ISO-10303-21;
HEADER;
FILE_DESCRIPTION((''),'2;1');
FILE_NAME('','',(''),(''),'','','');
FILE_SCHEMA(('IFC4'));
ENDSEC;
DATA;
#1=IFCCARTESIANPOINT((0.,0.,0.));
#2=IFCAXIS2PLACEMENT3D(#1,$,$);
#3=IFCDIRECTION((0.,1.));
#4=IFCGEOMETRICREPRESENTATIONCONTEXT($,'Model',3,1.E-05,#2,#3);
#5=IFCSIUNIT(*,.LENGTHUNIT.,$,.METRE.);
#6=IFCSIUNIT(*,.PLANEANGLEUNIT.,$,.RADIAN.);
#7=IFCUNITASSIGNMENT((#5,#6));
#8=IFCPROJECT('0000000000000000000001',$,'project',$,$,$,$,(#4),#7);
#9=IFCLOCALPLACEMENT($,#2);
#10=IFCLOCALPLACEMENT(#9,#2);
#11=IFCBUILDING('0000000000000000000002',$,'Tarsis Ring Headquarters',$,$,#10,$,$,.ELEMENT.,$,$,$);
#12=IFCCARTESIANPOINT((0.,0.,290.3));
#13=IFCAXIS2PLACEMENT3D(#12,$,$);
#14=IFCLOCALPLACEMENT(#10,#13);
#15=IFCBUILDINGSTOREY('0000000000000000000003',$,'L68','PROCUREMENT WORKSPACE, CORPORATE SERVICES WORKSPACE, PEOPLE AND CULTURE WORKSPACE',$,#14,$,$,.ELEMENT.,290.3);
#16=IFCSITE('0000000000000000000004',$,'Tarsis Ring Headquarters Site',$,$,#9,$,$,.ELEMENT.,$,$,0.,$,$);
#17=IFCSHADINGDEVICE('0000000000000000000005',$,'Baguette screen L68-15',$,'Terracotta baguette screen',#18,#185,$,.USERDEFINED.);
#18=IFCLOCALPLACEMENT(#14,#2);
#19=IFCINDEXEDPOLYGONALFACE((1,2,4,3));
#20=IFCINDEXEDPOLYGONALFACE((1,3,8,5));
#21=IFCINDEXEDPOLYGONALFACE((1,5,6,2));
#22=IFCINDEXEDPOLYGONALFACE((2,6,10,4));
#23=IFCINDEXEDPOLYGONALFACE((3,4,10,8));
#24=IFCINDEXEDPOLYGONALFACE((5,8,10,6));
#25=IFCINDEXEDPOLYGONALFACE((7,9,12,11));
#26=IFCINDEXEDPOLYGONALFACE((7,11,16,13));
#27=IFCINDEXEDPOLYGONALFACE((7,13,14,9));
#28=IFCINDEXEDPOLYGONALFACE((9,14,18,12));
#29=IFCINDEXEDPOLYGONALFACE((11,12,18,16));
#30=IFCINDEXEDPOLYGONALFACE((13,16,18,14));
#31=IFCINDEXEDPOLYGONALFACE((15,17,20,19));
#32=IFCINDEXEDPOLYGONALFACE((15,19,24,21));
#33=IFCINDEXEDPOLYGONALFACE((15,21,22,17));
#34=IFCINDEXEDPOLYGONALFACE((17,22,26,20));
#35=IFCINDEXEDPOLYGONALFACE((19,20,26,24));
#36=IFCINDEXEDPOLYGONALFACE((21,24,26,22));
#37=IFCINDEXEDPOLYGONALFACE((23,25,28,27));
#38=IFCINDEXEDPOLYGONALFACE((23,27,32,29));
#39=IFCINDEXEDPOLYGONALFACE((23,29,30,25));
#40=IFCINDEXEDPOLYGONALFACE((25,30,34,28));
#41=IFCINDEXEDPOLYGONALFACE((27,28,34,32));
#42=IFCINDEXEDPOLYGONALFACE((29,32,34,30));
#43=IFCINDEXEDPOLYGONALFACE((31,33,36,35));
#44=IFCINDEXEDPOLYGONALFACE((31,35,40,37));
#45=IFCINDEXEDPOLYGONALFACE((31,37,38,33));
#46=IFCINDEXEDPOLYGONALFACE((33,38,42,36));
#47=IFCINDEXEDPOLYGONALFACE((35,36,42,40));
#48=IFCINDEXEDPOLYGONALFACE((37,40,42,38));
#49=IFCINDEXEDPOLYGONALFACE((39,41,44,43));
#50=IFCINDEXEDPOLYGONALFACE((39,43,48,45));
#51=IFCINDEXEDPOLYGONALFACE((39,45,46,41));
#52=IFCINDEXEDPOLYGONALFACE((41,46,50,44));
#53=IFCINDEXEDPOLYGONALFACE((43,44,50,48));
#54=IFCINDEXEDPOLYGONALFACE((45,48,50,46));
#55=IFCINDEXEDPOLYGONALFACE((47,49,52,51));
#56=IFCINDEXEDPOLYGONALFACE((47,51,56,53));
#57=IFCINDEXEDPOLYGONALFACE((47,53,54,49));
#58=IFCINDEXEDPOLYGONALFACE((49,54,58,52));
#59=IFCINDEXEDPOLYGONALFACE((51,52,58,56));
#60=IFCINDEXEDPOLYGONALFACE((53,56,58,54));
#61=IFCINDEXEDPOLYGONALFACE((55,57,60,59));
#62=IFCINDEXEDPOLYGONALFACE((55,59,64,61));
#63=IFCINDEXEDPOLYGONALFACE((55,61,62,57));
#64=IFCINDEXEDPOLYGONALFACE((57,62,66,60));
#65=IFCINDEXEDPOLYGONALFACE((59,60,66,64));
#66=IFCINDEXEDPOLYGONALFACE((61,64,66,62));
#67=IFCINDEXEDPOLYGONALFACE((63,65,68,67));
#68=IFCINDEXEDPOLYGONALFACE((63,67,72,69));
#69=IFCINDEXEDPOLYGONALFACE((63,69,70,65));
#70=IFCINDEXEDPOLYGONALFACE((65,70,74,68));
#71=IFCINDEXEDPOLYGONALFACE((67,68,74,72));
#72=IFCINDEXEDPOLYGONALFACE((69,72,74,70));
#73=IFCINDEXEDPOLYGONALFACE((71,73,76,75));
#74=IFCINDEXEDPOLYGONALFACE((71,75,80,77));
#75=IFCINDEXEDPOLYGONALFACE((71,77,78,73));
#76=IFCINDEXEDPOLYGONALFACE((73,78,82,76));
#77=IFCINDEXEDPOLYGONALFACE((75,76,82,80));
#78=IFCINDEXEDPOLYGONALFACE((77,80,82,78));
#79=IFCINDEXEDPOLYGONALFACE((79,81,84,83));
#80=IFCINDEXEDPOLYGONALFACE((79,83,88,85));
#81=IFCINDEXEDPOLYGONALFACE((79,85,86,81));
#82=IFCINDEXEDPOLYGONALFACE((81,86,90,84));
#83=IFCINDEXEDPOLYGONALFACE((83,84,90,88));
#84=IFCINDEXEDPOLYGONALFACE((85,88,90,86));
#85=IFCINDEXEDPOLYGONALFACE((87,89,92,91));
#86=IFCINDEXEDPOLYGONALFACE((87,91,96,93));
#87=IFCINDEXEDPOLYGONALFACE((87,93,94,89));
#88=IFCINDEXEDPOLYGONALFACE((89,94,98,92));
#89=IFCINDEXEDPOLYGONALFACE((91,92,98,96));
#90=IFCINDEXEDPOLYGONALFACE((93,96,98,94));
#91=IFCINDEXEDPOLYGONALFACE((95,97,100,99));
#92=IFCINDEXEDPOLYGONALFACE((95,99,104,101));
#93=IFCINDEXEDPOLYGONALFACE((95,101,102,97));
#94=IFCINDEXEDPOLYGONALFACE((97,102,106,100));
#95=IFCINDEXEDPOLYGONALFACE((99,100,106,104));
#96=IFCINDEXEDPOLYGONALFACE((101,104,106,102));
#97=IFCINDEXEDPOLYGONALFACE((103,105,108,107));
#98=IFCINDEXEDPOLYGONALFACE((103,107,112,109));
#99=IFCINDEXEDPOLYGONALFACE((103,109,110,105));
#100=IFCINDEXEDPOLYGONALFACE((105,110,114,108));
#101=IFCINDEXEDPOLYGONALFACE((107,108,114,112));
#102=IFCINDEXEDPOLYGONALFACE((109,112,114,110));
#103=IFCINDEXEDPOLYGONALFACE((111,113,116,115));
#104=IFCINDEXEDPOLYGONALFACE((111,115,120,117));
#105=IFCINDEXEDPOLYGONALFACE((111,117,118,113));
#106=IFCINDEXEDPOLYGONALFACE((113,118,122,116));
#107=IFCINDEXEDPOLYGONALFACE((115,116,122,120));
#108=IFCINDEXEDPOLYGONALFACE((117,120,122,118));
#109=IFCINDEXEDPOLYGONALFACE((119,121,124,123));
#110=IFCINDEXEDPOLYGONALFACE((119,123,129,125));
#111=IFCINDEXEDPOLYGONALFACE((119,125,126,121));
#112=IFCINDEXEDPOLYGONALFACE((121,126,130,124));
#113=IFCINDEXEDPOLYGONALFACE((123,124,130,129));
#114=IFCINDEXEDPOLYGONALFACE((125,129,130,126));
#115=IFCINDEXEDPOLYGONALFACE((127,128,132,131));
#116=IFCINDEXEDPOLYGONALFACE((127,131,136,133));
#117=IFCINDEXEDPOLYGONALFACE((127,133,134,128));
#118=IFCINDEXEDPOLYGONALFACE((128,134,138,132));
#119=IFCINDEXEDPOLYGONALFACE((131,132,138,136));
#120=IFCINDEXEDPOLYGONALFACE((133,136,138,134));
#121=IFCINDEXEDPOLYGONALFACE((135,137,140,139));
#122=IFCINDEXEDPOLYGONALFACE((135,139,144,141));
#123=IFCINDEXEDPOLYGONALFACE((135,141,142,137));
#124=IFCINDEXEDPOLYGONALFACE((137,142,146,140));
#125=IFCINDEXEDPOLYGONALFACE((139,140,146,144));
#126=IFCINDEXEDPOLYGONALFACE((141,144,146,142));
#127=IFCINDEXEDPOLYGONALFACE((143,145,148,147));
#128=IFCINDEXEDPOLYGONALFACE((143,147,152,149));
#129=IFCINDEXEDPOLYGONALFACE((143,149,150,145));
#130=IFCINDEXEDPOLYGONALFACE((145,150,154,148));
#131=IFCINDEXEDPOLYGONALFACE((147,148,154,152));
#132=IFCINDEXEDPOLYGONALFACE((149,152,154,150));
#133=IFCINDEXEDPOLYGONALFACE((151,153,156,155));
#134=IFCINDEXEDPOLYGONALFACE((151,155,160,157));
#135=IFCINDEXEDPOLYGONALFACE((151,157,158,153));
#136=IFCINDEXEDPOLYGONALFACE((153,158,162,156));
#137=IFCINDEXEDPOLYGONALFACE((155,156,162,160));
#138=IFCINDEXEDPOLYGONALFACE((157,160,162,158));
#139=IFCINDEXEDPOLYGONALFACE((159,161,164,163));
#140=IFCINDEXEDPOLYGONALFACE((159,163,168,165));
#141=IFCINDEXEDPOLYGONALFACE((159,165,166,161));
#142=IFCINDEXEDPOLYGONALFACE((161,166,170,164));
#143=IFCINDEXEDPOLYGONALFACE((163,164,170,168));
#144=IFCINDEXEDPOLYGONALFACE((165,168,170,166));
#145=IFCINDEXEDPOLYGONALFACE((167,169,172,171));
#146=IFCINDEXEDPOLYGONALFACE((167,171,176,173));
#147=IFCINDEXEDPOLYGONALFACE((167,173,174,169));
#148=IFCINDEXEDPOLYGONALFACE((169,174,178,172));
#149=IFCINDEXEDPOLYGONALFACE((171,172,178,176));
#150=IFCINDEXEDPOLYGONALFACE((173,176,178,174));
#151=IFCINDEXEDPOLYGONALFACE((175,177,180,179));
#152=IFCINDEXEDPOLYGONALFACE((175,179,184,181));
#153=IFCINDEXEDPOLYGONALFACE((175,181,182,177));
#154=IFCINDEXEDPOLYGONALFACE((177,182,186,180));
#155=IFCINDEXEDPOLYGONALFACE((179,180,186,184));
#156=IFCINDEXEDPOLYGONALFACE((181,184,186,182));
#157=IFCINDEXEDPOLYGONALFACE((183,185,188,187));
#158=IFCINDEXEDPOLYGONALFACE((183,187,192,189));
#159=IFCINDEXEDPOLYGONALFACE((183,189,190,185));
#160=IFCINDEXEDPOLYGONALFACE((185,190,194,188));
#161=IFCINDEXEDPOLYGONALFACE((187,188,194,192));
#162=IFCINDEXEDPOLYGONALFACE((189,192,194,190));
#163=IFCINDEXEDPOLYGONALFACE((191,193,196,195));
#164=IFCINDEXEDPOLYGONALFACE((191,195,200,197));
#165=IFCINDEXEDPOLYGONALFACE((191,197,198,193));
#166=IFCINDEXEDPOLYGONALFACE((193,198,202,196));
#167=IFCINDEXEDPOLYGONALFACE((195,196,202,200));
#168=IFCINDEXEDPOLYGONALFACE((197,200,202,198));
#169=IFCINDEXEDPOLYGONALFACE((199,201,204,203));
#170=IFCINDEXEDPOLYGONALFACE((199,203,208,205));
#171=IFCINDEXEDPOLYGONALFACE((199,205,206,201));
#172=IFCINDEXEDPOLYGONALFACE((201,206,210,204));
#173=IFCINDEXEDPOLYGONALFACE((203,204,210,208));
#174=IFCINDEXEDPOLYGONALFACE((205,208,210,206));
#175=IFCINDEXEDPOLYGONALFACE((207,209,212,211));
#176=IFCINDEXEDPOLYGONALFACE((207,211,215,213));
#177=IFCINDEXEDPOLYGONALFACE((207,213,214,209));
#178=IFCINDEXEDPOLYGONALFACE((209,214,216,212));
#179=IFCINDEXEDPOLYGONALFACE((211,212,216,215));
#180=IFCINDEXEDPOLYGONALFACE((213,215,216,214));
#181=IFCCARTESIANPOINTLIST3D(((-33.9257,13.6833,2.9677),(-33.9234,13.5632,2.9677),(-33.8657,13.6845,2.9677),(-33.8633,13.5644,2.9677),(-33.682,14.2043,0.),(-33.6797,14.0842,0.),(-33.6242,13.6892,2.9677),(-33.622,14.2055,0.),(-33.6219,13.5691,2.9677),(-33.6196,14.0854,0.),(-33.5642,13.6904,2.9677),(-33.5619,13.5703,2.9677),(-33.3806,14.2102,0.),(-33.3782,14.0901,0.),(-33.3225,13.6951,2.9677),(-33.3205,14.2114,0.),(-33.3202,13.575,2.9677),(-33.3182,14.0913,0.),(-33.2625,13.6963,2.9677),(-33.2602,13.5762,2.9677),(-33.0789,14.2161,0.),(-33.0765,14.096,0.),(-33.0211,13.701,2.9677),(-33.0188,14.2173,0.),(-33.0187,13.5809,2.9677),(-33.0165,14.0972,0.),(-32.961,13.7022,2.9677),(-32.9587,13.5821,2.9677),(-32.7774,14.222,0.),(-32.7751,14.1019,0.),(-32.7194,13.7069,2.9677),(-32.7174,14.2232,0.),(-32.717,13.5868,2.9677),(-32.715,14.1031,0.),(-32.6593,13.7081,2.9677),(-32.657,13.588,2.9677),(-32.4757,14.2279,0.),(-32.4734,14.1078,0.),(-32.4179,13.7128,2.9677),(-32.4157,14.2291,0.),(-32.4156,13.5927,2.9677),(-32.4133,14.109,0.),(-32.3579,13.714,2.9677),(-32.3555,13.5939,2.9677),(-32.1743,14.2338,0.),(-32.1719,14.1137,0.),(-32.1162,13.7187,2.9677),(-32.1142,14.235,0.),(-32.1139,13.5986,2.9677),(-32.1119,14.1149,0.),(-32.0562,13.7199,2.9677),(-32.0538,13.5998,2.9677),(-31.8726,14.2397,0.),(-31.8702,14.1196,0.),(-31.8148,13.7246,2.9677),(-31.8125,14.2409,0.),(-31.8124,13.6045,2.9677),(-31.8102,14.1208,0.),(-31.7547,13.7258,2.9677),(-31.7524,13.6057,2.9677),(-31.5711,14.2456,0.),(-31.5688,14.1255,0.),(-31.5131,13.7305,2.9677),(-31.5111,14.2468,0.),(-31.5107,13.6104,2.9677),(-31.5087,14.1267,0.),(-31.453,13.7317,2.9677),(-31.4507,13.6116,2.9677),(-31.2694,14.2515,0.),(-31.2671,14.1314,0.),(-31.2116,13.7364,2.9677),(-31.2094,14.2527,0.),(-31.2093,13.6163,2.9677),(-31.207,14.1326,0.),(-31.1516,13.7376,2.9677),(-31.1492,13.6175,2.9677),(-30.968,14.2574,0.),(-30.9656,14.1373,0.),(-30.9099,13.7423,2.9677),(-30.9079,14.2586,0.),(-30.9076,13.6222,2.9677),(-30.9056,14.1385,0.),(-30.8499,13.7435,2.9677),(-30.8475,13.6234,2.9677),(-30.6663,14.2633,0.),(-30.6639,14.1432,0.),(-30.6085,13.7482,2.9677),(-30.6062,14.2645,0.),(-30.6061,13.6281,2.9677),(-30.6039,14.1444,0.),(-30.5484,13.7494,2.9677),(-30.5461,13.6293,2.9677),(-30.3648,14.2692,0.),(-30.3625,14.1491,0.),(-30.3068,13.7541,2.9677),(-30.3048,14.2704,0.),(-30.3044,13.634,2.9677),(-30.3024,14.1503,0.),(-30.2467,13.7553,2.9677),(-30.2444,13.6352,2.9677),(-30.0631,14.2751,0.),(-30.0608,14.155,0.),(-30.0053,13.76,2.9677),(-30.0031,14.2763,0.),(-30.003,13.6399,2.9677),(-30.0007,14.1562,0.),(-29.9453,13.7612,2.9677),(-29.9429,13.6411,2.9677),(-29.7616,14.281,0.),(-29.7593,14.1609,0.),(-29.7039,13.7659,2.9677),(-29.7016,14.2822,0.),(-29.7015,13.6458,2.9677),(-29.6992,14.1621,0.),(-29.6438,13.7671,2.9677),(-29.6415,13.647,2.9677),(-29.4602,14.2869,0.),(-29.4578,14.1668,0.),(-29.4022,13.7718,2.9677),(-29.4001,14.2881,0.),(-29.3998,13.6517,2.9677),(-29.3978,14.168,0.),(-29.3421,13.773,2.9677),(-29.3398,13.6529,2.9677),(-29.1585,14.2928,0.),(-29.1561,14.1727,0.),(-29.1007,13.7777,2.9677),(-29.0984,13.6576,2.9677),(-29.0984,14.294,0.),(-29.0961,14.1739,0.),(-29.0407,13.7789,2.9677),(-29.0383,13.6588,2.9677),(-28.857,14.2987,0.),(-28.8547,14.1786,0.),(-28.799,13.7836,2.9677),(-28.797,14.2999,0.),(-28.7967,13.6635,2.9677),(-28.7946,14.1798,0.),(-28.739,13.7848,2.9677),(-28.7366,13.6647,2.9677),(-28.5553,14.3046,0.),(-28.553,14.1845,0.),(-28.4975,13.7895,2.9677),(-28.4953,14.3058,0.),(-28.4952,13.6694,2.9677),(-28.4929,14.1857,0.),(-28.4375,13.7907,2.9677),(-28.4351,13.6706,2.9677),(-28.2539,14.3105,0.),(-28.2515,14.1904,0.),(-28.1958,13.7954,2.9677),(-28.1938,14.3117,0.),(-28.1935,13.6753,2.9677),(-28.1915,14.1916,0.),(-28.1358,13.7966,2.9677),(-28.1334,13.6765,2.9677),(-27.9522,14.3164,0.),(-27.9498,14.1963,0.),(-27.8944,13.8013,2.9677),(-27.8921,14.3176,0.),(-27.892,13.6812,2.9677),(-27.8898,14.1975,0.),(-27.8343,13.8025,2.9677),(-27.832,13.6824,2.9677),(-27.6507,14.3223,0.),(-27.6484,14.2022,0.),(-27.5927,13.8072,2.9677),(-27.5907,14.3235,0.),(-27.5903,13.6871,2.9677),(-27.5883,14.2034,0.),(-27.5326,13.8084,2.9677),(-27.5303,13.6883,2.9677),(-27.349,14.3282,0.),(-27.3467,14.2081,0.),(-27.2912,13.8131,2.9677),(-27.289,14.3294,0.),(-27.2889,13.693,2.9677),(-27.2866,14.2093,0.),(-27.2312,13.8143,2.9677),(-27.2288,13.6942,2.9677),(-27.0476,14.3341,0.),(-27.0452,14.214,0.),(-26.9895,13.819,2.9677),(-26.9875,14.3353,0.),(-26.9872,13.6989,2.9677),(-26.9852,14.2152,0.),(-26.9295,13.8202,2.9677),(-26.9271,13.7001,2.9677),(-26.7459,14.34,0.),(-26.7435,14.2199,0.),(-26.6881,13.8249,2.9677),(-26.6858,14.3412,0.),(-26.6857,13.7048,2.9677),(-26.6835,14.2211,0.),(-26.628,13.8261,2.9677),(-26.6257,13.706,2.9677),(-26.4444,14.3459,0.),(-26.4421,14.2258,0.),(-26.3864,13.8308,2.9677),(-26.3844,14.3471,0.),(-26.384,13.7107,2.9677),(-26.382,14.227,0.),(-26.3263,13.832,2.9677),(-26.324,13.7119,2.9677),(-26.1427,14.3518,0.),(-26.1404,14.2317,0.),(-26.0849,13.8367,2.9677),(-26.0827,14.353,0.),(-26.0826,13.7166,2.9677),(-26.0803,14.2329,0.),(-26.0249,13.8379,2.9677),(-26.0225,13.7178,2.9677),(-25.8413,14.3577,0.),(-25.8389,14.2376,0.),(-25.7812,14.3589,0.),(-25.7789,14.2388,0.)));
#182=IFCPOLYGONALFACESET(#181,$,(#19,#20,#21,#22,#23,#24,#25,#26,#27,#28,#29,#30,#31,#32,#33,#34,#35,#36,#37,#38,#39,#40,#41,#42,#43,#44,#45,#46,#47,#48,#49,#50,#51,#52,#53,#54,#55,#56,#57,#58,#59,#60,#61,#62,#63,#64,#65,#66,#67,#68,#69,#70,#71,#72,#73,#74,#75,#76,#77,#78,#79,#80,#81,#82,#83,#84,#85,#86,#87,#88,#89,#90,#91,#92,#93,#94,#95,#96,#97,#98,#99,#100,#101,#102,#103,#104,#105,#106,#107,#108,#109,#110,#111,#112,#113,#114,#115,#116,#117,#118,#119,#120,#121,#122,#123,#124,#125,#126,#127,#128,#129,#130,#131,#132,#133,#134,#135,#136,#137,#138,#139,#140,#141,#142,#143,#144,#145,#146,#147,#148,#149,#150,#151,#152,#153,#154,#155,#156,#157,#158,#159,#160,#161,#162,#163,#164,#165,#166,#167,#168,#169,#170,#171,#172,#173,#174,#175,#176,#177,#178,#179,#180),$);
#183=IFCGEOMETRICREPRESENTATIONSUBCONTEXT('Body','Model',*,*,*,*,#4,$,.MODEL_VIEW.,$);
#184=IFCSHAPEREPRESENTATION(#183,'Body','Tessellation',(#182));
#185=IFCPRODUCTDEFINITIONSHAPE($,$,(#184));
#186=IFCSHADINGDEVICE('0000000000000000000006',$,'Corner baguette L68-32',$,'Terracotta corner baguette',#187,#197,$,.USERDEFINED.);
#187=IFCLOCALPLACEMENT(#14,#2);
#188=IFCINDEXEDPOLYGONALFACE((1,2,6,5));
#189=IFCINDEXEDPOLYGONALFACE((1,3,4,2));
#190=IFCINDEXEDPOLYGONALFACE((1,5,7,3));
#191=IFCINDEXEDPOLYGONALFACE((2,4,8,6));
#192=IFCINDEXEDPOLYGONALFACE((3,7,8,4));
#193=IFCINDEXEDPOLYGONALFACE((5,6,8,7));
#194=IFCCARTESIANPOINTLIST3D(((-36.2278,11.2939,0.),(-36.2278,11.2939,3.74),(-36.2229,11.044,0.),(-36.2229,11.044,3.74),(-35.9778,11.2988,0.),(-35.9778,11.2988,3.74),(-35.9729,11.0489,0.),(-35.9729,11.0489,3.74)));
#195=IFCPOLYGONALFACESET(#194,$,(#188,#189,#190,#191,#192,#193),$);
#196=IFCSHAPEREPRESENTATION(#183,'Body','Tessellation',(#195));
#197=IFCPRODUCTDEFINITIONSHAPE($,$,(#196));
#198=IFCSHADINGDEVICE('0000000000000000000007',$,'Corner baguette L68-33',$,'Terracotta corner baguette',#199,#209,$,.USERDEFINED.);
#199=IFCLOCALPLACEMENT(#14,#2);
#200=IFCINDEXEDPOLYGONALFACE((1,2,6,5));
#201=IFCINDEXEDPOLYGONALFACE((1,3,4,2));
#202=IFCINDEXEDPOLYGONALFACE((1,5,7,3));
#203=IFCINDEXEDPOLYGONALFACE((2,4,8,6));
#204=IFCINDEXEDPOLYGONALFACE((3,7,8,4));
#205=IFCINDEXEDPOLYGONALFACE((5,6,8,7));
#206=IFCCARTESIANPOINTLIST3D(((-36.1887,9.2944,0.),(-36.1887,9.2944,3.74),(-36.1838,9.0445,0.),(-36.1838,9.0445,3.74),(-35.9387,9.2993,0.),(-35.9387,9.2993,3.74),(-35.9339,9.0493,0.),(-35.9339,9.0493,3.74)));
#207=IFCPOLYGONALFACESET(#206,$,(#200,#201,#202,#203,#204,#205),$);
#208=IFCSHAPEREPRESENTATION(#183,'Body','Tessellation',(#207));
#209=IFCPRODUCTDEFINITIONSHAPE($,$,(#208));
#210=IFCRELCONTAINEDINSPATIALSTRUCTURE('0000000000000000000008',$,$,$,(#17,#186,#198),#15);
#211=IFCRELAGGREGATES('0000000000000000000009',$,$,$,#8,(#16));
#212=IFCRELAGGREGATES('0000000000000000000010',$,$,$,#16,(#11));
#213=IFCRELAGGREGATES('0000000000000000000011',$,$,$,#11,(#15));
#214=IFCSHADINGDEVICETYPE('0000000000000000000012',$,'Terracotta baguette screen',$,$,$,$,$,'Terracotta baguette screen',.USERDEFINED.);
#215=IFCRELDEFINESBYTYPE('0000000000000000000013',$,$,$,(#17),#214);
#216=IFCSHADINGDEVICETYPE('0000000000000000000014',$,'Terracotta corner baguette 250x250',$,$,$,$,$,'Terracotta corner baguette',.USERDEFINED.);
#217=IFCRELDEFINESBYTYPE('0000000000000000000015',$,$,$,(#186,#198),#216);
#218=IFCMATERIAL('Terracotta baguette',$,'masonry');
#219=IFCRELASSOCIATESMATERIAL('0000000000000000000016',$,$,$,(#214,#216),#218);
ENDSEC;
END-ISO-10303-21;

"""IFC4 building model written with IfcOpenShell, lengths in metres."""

from ifc_helpers import new_model, si_unit, direction, frame, frame_2d, origin, origin_2d, place, context, subcontext, project, spatial, rectangle, composite_profile, extrude, material, type_object, element, save


model = new_model("IFC4")

# Units and contexts
model_context = context("Model", 3, precision=1e-05, world=origin(), true_north=direction((0.0, 1.0)))
body_context = subcontext(model_context, "Body", "Model", "MODEL_VIEW")
ifc_project = project(units=[si_unit("LENGTHUNIT", "METRE"), si_unit("PLANEANGLEUNIT", "RADIAN")], contexts=[model_context])

# Site, building, storey
site_placement = place(None, origin())
site = spatial("IfcSite", under=ifc_project, at=site_placement, Name="Tarsis Ring Headquarters Site", CompositionType="ELEMENT", RefElevation=0.0)
building_placement = place(site_placement, origin())
building = spatial("IfcBuilding", under=site, at=building_placement, Name="Tarsis Ring Headquarters", CompositionType="ELEMENT")
storey_placement = place(building_placement, frame((0.0, 0.0, 290.3)))
storey = spatial("IfcBuildingStorey", under=building, at=storey_placement, Name="L68", Description="PROCUREMENT WORKSPACE, CORPORATE SERVICES WORKSPACE, PEOPLE AND CULTURE WORKSPACE", CompositionType="ELEMENT", Elevation=290.3)

# Shading devices
ifc_material_1 = material(Name="Terracotta baguette", Category="masonry")
shading_device_type_1 = type_object("IfcShadingDeviceType", Name="Terracotta baguette screen", ElementType="Terracotta baguette screen", PredefinedType="USERDEFINED", material=ifc_material_1)
shading_device_1_placement = place(storey_placement, frame((-25.78, 14.2988, 0.0), z_axis=(0.0, 0.0, 1.0), x_axis=(-0.999815, -0.019557, 0.0)))
element("IfcShadingDevice", 1, at=shading_device_1_placement, inside=storey, type_object=shading_device_type_1, Name="Baguette screen L68-15", ObjectType="Terracotta baguette screen", PredefinedType="USERDEFINED", context=body_context, shape_type="SweptSolid", body=[
    extrude(composite_profile([rectangle(XDim=0.0601, YDim=0.1201, at=frame_2d((0.03, 0.0))), rectangle(XDim=0.0601, YDim=0.1201, at=frame_2d((0.3315, 0.0))), rectangle(XDim=0.0601, YDim=0.1201, at=frame_2d((0.6333, 0.0))), rectangle(XDim=0.0601, YDim=0.1201, at=frame_2d((0.9348, 0.0))), rectangle(XDim=0.0601, YDim=0.1201, at=frame_2d((1.2366, 0.0))), rectangle(XDim=0.0601, YDim=0.1201, at=frame_2d((1.5381, 0.0))), rectangle(XDim=0.0601, YDim=0.1201, at=frame_2d((1.8398, 0.0))), rectangle(XDim=0.0601, YDim=0.1201, at=frame_2d((2.1414, 0.0))), rectangle(XDim=0.0601, YDim=0.1201, at=frame_2d((2.4431, 0.0))), rectangle(XDim=0.0601, YDim=0.1201, at=frame_2d((2.7446, 0.0))), rectangle(XDim=0.0601, YDim=0.1201, at=frame_2d((3.0464, 0.0))), rectangle(XDim=0.0601, YDim=0.1201, at=frame_2d((3.3479, 0.0))), rectangle(XDim=0.0601, YDim=0.1201, at=frame_2d((3.6497, 0.0))), rectangle(XDim=0.0601, YDim=0.1201, at=frame_2d((3.9512, 0.0))), rectangle(XDim=0.0601, YDim=0.1201, at=frame_2d((4.2527, 0.0))), rectangle(XDim=0.0601, YDim=0.1201, at=frame_2d((4.5544, 0.0))), rectangle(XDim=0.0601, YDim=0.1201, at=frame_2d((4.856, 0.0))), rectangle(XDim=0.0601, YDim=0.1201, at=frame_2d((5.1577, 0.0))), rectangle(XDim=0.0601, YDim=0.1201, at=frame_2d((5.4592, 0.0))), rectangle(XDim=0.0601, YDim=0.1201, at=frame_2d((5.761, 0.0))), rectangle(XDim=0.0601, YDim=0.1201, at=frame_2d((6.0625, 0.0))), rectangle(XDim=0.0601, YDim=0.1201, at=frame_2d((6.3643, 0.0))), rectangle(XDim=0.0601, YDim=0.1201, at=frame_2d((6.6658, 0.0))), rectangle(XDim=0.0601, YDim=0.1201, at=frame_2d((6.9675, 0.0))), rectangle(XDim=0.0601, YDim=0.1201, at=frame_2d((7.269, 0.0))), rectangle(XDim=0.0601, YDim=0.1201, at=frame_2d((7.5708, 0.0))), rectangle(XDim=0.0601, YDim=0.1201, at=frame_2d((7.8723, 0.0)))]), origin(), (0.083962, 0.170747, 0.981731), 3.0229),
])
shading_device_type_2 = type_object("IfcShadingDeviceType", Name="Terracotta corner baguette 250x250", ElementType="Terracotta corner baguette", PredefinedType="USERDEFINED", material=ifc_material_1)
for number, where, z_axis, x_axis, name in (
    (2, (-36.1003, 11.1714, 0.0), (0.0, 0.0, 1.0), (-0.999809, -0.019546, 0.0), "Corner baguette L68-32"),
    (3, (-36.0613, 9.1719, 0.0), (0.0, 0.0, 1.0), (0.019546, -0.999809, 0.0), "Corner baguette L68-33"),
):
    element("IfcShadingDevice", number, at=place(storey_placement, frame(where, z_axis=z_axis, x_axis=x_axis)), inside=storey, type_object=shading_device_type_2, Name=name, ObjectType="Terracotta corner baguette", PredefinedType="USERDEFINED", context=body_context, shape_type="SweptSolid", body=[
        extrude(rectangle(XDim=0.25, YDim=0.25, at=origin_2d()), origin(), (0.0, 0.0, 1.0), 3.74),
    ])

save(model, "model.ifc")
